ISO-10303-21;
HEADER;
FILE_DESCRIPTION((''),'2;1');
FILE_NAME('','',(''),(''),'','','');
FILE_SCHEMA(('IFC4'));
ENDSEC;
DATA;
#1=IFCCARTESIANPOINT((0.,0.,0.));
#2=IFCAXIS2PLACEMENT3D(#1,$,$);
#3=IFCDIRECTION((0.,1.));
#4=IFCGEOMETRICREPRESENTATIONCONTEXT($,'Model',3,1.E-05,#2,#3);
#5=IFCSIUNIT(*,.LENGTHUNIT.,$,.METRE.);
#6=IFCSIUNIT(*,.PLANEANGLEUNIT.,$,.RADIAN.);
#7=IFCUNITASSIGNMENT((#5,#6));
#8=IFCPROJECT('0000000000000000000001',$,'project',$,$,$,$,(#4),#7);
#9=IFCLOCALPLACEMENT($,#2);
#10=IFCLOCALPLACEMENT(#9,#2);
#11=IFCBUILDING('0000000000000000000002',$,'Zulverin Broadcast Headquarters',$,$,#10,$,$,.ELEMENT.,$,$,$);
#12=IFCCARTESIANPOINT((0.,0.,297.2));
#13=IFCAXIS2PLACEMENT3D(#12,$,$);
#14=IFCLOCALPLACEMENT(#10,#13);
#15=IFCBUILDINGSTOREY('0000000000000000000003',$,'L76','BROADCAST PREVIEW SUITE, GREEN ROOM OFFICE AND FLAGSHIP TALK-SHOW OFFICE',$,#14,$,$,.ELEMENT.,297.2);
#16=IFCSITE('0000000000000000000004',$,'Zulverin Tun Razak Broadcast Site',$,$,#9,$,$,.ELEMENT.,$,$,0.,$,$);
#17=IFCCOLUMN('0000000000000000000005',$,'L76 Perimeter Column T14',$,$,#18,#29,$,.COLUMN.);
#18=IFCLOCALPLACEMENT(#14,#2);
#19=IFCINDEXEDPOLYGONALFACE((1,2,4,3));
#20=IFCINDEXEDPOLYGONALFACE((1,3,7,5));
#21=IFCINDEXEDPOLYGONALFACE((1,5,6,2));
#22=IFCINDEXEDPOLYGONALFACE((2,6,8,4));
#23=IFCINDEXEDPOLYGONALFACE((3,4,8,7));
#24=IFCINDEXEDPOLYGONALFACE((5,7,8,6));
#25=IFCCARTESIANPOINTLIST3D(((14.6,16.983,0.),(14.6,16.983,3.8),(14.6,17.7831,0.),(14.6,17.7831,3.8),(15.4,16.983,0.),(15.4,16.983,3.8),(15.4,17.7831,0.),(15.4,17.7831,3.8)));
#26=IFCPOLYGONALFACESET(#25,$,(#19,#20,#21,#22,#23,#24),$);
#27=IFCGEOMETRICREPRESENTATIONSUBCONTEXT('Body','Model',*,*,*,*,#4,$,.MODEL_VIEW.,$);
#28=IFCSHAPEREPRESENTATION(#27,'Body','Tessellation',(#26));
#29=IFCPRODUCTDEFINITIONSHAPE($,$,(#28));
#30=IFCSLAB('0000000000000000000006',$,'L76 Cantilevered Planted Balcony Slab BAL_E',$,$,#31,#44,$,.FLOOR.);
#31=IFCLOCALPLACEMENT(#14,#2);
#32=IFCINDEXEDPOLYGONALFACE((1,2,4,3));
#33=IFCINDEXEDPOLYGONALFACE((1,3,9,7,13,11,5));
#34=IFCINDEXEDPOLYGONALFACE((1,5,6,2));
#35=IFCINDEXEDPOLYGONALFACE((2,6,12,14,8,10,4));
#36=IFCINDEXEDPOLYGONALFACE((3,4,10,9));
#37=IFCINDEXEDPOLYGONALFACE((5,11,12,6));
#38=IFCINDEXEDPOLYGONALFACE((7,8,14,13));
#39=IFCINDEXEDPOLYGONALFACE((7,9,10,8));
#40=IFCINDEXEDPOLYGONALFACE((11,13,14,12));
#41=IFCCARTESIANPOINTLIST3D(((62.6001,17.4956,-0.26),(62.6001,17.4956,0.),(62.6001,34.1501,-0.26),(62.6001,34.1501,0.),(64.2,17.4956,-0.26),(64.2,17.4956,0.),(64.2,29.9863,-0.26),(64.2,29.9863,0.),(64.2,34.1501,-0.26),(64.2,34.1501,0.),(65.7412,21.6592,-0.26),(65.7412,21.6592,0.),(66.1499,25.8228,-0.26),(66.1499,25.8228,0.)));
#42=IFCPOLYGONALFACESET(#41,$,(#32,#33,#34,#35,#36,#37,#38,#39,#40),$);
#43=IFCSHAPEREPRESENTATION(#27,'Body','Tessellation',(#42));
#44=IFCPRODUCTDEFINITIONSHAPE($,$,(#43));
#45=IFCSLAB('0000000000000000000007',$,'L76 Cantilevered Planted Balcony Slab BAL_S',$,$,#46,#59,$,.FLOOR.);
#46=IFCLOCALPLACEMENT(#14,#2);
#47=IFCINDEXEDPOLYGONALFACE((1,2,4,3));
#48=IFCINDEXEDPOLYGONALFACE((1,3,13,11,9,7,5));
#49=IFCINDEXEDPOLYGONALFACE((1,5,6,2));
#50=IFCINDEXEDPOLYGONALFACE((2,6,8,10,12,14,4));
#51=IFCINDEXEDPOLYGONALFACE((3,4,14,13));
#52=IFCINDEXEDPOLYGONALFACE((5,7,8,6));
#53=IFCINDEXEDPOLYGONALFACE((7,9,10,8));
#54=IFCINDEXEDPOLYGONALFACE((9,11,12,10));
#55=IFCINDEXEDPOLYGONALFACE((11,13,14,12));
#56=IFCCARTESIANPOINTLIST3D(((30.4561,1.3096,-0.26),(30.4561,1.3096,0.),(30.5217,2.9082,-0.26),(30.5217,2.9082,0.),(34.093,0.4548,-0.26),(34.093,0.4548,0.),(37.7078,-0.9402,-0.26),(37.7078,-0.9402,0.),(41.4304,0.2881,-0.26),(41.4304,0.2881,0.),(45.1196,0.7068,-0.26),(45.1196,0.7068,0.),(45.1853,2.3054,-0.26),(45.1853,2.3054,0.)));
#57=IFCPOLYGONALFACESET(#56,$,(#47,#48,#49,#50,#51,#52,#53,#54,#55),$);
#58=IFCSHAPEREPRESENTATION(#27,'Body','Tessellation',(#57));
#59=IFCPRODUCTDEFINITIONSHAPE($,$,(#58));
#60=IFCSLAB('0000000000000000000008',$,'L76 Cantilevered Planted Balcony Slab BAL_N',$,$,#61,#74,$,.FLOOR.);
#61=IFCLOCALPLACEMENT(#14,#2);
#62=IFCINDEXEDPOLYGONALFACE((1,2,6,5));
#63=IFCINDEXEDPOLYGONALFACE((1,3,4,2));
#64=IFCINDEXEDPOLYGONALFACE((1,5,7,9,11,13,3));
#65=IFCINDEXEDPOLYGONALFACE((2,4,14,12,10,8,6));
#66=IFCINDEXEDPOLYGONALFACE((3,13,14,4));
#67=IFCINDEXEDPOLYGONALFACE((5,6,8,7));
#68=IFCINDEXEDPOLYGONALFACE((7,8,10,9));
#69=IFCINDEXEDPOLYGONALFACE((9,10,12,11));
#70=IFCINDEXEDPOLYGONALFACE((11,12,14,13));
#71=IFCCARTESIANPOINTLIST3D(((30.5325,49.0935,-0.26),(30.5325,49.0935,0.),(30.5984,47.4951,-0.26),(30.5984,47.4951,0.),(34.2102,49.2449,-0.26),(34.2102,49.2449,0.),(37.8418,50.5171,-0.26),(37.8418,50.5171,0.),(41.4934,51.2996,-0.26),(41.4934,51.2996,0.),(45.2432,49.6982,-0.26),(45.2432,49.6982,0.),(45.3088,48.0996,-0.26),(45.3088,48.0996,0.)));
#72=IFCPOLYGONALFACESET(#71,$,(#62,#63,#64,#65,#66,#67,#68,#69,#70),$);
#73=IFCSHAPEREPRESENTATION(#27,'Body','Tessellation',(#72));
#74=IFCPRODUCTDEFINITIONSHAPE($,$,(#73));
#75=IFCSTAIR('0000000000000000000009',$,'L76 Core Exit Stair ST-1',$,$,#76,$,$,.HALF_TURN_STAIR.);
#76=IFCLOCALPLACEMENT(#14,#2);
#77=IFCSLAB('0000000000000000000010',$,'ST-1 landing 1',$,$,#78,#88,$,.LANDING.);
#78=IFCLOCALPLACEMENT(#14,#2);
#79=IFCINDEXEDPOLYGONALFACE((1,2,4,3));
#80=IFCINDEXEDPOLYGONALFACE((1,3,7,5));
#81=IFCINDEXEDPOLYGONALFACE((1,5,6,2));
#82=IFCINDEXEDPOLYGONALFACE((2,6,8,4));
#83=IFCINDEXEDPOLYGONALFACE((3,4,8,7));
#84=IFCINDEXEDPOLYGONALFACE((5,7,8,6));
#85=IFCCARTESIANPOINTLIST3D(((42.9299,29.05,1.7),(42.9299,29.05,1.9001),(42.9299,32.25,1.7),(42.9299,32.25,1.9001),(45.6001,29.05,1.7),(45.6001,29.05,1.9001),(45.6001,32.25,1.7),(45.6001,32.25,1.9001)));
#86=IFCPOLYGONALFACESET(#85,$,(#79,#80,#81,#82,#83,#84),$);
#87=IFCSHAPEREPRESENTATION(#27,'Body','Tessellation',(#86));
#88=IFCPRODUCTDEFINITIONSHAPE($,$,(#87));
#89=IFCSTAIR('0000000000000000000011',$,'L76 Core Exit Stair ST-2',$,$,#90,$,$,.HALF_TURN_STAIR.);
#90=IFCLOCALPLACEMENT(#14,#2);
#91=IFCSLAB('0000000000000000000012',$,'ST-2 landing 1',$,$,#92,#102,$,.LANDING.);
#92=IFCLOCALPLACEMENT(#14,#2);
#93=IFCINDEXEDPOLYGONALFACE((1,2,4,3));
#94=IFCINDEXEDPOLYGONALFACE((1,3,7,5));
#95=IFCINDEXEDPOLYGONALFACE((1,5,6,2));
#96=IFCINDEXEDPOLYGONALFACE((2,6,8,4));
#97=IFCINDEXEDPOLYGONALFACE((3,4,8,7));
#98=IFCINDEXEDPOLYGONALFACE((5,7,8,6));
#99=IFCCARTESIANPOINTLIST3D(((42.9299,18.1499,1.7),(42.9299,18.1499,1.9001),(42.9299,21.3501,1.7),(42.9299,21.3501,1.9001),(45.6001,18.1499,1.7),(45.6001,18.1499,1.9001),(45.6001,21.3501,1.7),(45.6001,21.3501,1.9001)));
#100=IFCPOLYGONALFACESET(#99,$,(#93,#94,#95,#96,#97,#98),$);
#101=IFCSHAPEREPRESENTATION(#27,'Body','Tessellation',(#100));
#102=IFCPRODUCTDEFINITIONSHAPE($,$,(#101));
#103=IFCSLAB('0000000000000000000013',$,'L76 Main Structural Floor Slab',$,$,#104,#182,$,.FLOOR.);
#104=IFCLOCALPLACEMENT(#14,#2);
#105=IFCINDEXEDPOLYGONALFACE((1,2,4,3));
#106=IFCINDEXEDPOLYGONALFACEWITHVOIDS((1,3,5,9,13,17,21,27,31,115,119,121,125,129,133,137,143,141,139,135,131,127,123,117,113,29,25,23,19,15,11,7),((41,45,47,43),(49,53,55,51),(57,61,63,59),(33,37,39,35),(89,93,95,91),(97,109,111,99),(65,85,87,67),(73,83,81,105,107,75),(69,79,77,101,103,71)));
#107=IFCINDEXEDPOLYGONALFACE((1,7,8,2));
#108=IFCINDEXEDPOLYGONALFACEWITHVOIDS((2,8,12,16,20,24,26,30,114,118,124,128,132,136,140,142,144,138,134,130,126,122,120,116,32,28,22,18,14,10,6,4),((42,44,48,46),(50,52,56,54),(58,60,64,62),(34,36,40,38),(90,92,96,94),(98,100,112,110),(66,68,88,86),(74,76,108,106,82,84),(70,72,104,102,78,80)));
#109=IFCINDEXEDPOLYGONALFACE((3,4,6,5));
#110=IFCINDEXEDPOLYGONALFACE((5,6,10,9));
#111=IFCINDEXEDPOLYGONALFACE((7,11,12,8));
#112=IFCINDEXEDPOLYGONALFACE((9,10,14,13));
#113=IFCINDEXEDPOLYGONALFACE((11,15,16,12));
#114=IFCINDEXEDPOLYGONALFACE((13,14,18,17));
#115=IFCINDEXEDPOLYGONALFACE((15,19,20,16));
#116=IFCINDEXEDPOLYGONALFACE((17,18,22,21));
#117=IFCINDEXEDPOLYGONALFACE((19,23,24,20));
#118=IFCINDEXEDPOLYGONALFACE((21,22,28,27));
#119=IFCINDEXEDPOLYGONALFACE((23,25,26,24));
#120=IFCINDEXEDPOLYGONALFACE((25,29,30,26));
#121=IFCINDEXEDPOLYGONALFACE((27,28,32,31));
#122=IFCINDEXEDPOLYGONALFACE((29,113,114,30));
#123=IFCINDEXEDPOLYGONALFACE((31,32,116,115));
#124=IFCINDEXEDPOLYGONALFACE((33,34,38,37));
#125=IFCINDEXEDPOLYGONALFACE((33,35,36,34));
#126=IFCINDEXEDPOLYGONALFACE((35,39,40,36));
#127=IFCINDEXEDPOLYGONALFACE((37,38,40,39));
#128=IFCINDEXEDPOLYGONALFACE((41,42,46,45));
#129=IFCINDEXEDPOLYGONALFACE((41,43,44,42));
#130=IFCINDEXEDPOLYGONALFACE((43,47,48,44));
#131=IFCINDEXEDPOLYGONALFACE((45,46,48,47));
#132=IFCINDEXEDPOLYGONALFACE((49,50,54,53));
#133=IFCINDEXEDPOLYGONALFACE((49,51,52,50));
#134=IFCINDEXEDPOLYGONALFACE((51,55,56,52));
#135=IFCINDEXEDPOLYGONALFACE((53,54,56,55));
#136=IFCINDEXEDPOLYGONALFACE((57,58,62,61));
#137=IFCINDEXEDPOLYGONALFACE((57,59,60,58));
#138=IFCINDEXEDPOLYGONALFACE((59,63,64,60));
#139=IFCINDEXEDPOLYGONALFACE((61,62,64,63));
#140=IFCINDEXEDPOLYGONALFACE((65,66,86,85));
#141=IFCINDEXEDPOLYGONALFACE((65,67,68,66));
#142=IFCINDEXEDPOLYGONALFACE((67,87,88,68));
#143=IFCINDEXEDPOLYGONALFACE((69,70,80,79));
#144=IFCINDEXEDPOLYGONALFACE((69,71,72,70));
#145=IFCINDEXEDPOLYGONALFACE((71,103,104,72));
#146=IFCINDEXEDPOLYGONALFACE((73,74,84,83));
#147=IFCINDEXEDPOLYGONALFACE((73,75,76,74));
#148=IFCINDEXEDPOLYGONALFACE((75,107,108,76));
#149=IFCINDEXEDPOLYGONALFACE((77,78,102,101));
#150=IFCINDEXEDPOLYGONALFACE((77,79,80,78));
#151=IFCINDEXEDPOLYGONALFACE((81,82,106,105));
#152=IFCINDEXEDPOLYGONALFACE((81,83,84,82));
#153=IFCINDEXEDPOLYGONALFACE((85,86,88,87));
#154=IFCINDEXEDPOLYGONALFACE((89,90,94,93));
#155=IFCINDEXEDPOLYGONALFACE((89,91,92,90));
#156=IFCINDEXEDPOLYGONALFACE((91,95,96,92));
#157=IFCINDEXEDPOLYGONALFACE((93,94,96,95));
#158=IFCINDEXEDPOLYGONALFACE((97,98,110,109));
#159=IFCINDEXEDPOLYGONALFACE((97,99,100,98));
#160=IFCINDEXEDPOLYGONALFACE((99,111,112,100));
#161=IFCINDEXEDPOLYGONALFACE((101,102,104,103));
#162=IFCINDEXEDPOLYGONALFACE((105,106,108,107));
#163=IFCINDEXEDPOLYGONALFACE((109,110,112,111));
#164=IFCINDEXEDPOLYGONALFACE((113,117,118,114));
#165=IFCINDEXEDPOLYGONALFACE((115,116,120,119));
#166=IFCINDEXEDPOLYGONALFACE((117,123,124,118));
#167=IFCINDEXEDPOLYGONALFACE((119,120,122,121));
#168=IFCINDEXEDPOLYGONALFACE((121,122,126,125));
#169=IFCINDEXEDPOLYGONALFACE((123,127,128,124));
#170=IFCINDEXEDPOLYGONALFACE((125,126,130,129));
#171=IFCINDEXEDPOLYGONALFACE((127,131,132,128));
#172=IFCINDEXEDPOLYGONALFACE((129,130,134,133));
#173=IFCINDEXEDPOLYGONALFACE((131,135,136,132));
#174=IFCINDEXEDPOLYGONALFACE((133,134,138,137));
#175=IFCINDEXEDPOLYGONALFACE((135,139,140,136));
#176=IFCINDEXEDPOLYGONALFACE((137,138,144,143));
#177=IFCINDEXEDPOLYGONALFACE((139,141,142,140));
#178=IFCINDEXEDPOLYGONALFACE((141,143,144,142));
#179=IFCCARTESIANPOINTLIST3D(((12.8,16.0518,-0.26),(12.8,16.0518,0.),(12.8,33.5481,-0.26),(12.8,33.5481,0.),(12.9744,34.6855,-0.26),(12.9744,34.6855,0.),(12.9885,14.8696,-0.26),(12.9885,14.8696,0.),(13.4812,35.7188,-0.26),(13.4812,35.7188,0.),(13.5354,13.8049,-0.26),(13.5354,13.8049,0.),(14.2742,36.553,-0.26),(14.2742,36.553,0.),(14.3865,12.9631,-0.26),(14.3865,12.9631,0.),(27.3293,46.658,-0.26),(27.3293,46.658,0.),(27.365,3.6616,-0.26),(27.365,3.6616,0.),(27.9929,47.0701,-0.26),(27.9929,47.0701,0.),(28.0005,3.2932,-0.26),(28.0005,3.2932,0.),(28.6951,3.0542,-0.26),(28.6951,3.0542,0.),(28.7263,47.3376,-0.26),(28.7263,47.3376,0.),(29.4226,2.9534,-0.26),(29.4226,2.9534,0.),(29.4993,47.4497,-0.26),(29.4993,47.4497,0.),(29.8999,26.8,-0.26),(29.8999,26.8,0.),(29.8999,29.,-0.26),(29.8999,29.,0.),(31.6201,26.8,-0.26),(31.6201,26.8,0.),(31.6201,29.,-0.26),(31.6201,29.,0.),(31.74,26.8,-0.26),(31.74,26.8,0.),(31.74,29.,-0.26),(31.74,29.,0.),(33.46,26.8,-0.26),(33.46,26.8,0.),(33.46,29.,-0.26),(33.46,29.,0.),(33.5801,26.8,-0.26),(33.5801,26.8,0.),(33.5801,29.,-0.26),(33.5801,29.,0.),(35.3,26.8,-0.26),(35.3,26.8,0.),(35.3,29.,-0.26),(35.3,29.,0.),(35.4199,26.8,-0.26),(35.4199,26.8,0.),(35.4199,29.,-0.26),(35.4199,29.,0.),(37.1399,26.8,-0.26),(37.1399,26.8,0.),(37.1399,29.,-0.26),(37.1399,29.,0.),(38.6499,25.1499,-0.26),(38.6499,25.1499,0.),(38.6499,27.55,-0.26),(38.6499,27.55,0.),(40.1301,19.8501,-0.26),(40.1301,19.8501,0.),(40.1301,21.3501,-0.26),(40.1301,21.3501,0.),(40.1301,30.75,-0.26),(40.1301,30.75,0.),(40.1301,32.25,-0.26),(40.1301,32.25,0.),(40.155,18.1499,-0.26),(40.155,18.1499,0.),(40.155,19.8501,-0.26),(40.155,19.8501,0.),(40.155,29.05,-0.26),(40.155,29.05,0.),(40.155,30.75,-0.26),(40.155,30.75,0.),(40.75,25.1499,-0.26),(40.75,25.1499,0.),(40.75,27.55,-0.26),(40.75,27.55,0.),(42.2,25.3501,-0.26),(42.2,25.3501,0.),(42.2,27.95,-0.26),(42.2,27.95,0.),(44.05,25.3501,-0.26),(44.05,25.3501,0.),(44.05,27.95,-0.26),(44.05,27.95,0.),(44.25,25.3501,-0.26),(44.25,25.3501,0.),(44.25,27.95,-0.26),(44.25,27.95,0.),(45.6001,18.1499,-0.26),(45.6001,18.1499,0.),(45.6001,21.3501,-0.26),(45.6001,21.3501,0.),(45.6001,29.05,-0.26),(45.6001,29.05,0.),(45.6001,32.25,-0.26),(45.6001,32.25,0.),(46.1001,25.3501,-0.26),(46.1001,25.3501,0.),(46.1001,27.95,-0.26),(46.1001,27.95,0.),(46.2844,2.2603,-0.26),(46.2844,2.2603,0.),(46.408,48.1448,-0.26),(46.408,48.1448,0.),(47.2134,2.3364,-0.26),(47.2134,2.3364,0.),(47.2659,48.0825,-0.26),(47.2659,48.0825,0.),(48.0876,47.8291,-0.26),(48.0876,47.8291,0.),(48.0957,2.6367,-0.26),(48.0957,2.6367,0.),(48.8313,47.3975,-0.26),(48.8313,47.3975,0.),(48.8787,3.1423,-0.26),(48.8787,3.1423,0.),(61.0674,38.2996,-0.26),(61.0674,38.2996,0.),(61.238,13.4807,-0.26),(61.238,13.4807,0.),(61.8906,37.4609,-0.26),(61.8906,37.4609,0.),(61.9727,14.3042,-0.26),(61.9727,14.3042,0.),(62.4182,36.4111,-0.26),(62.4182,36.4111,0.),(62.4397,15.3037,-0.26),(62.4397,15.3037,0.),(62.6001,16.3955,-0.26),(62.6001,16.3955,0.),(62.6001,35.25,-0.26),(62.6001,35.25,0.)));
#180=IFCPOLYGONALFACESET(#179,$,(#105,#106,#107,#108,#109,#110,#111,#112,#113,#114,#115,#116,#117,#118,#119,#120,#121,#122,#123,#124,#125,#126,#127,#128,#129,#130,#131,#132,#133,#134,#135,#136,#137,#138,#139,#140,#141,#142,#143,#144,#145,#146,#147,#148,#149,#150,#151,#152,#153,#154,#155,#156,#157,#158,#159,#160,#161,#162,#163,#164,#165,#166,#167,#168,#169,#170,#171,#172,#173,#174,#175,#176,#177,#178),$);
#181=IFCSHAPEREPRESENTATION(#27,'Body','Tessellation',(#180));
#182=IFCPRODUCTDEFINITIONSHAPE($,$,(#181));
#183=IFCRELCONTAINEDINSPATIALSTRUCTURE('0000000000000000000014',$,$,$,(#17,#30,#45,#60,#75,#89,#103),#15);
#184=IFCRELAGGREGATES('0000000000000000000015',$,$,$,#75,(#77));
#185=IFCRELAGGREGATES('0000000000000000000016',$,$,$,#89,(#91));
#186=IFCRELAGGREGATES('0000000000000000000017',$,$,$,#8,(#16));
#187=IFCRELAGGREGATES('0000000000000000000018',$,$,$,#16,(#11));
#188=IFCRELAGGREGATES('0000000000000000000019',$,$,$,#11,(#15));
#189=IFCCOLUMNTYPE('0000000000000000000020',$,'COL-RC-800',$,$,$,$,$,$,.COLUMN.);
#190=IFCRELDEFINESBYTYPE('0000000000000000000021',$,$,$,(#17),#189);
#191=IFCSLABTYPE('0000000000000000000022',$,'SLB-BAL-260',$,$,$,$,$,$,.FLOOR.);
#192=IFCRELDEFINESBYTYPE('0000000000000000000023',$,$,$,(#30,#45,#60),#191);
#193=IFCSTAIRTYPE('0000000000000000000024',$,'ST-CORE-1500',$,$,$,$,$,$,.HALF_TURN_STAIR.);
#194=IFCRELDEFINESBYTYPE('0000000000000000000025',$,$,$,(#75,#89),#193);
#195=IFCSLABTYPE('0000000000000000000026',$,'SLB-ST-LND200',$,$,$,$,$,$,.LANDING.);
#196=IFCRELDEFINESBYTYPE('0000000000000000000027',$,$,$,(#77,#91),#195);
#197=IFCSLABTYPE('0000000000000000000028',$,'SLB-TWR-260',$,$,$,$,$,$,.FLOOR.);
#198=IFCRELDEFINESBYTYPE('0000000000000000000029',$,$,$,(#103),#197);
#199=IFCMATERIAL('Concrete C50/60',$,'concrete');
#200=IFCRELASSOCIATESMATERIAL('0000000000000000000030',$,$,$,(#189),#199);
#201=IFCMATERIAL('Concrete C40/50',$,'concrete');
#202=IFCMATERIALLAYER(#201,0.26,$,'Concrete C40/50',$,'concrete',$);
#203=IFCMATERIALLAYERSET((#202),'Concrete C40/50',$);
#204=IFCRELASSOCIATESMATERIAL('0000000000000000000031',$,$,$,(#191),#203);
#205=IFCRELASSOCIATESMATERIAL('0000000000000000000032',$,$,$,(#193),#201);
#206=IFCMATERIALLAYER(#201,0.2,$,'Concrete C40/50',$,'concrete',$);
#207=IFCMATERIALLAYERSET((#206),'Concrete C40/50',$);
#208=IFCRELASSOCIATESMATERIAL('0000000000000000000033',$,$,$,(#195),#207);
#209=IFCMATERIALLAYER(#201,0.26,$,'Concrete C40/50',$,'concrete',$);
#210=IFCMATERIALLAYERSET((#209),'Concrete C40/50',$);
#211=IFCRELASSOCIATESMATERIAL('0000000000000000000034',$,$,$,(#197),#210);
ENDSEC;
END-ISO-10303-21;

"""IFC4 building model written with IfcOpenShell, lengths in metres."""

from ifc_helpers import new_model, si_unit, direction, frame, origin, origin_2d, place, context, subcontext, project, spatial, polyline, rectangle, outline, extrude, material, layer, layer_set, material_profile, profile_set, type_object, element, aggregate, save


model = new_model("IFC4")

# Units and contexts
model_context = context("Model", 3, precision=1e-05, world=origin(), true_north=direction((0.0, 1.0)))
body_context = subcontext(model_context, "Body", "Model", "MODEL_VIEW")
ifc_project = project(units=[si_unit("LENGTHUNIT", "METRE"), si_unit("PLANEANGLEUNIT", "RADIAN")], contexts=[model_context])

# Site, building, storey
site_placement = place(None, origin())
site = spatial("IfcSite", under=ifc_project, at=site_placement, Name="Zulverin Tun Razak Broadcast Site", CompositionType="ELEMENT", RefElevation=0.0)
building_placement = place(site_placement, origin())
building = spatial("IfcBuilding", under=site, at=building_placement, Name="Zulverin Broadcast Headquarters", CompositionType="ELEMENT")
storey_placement = place(building_placement, frame((0.0, 0.0, 297.2)))
storey = spatial("IfcBuildingStorey", under=building, at=storey_placement, Name="L76", Description="BROADCAST PREVIEW SUITE, GREEN ROOM OFFICE AND FLAGSHIP TALK-SHOW OFFICE", CompositionType="ELEMENT", Elevation=297.2)

# Column
ifc_material_1 = material(Name="Concrete C50/60", Category="concrete")
ifc_material_profile = material_profile(ifc_material_1, rectangle(XDim=0.8, YDim=0.8, at=origin_2d()), Name="Concrete C50/60", Category="concrete")
ifc_profile_set = profile_set([ifc_material_profile], Name="Concrete C50/60")
column_type = type_object("IfcColumnType", Name="COL-RC-800", PredefinedType="COLUMN", material=ifc_profile_set)
column_placement = place(storey_placement, frame((15.0, 17.3831, 0.0), z_axis=(0.0, 0.0, 1.0), x_axis=(1.0, 0.0, 0.0)))
element("IfcColumn", 1, at=column_placement, inside=storey, type_object=column_type, Name="L76 Perimeter Column T14", PredefinedType="COLUMN", context=body_context, shape_type="SweptSolid", body=[
    extrude(rectangle(XDim=0.8, YDim=0.8, at=origin_2d()), origin(), (0.0, 0.0, 1.0), 3.8),
])

# Slabs
ifc_material_2 = material(Name="Concrete C40/50", Category="concrete")
ifc_layer_1 = layer(ifc_material_2, 0.26, Name="Concrete C40/50", Category="concrete")
ifc_layer_set_1 = layer_set([ifc_layer_1], Name="Concrete C40/50")
slab_type_1 = type_object("IfcSlabType", Name="SLB-BAL-260", PredefinedType="FLOOR", material=ifc_layer_set_1)
slab_1_placement = place(storey_placement, frame((0.0, 0.0, -0.26)))
element("IfcSlab", 2, at=slab_1_placement, inside=storey, type_object=slab_type_1, Name="L76 Cantilevered Planted Balcony Slab BAL_E", PredefinedType="FLOOR", context=body_context, shape_type="SweptSolid", body=[
    extrude(outline(polyline([(62.6001, 34.1501), (62.6001, 17.4956), (64.2, 17.4956), (65.7412, 21.6592), (66.1499, 25.8228), (64.2, 29.9863), (64.2, 34.1501), (62.6001, 34.1501)])), origin(), (0.0, 0.0, 1.0), 0.26),
])
slab_2_placement = place(storey_placement, frame((0.0, 0.0, -0.26)))
element("IfcSlab", 3, at=slab_2_placement, inside=storey, type_object=slab_type_1, Name="L76 Cantilevered Planted Balcony Slab BAL_S", PredefinedType="FLOOR", context=body_context, shape_type="SweptSolid", body=[
    extrude(outline(polyline([(45.1853, 2.3054), (30.5217, 2.9082), (30.4561, 1.3096), (34.093, 0.4548), (37.7078, -0.9402), (41.4304, 0.2881), (45.1196, 0.7068), (45.1853, 2.3054)])), origin(), (0.0, 0.0, 1.0), 0.26),
])
slab_3_placement = place(storey_placement, frame((0.0, 0.0, -0.26)))
element("IfcSlab", 4, at=slab_3_placement, inside=storey, type_object=slab_type_1, Name="L76 Cantilevered Planted Balcony Slab BAL_N", PredefinedType="FLOOR", context=body_context, shape_type="SweptSolid", body=[
    extrude(outline(polyline([(30.5984, 47.4951), (45.3088, 48.0996), (45.2432, 49.6982), (41.4934, 51.2996), (37.8418, 50.5171), (34.2102, 49.2449), (30.5325, 49.0935), (30.5984, 47.4951)])), origin(), (0.0, 0.0, 1.0), 0.26),
])

# Stairs, slabs
stair_type = type_object("IfcStairType", Name="ST-CORE-1500", PredefinedType="HALF_TURN_STAIR", material=ifc_material_2)
stair_1_placement = place(storey_placement, origin())
stair_1 = element("IfcStair", 5, at=stair_1_placement, inside=storey, type_object=stair_type, Name="L76 Core Exit Stair ST-1", PredefinedType="HALF_TURN_STAIR")
ifc_layer_2 = layer(ifc_material_2, 0.2, Name="Concrete C40/50", Category="concrete")
ifc_layer_set_2 = layer_set([ifc_layer_2], Name="Concrete C40/50")
slab_type_2 = type_object("IfcSlabType", Name="SLB-ST-LND200", PredefinedType="LANDING", material=ifc_layer_set_2)
slab_4_placement = place(storey_placement, frame((0.0, 0.0, 1.7)))
slab_4 = element("IfcSlab", 6, at=slab_4_placement, type_object=slab_type_2, Name="ST-1 landing 1", PredefinedType="LANDING", context=body_context, shape_type="SweptSolid", body=[
    extrude(outline(polyline([(42.9299, 29.05), (45.6001, 29.05), (45.6001, 32.25), (42.9299, 32.25), (42.9299, 29.05)])), origin(), (0.0, 0.0, 1.0), 0.2002),
])
aggregate(stair_1, [slab_4])
stair_2_placement = place(storey_placement, origin())
stair_2 = element("IfcStair", 7, at=stair_2_placement, inside=storey, type_object=stair_type, Name="L76 Core Exit Stair ST-2", PredefinedType="HALF_TURN_STAIR")
slab_5_placement = place(storey_placement, frame((0.0, 0.0, 1.7)))
slab_5 = element("IfcSlab", 8, at=slab_5_placement, type_object=slab_type_2, Name="ST-2 landing 1", PredefinedType="LANDING", context=body_context, shape_type="SweptSolid", body=[
    extrude(outline(polyline([(42.9299, 18.1499), (45.6001, 18.1499), (45.6001, 21.3501), (42.9299, 21.3501), (42.9299, 18.1499)])), origin(), (0.0, 0.0, 1.0), 0.2002),
])
aggregate(stair_2, [slab_5])

# Slab
ifc_layer_3 = layer(ifc_material_2, 0.26, Name="Concrete C40/50", Category="concrete")
ifc_layer_set_3 = layer_set([ifc_layer_3], Name="Concrete C40/50")
slab_type_3 = type_object("IfcSlabType", Name="SLB-TWR-260", PredefinedType="FLOOR", material=ifc_layer_set_3)
slab_6_placement = place(storey_placement, frame((0.0, 0.0, -0.26)))
element("IfcSlab", 9, at=slab_6_placement, inside=storey, type_object=slab_type_3, Name="L76 Main Structural Floor Slab", PredefinedType="FLOOR", context=body_context, shape_type="SweptSolid", body=[
    extrude(outline(polyline([(27.365, 3.6616), (28.0005, 3.2932), (28.6951, 3.0542), (29.4226, 2.9534), (46.2844, 2.2603), (47.2134, 2.3364), (48.0957, 2.6367), (48.8787, 3.1423), (61.238, 13.4807), (61.9727, 14.3042), (62.4397, 15.3037), (62.6001, 16.3955), (62.6001, 35.25), (62.4182, 36.4111), (61.8906, 37.4609), (61.0674, 38.2996), (48.8313, 47.3975), (48.0876, 47.8291), (47.2659, 48.0825), (46.408, 48.1448), (29.4993, 47.4497), (28.7263, 47.3376), (27.9929, 47.0701), (27.3293, 46.658), (14.2742, 36.553), (13.4812, 35.7188), (12.9744, 34.6855), (12.8, 33.5481), (12.8, 16.0518), (12.9885, 14.8696), (13.5354, 13.8049), (14.3865, 12.9631), (27.365, 3.6616)]), holes=[polyline([(40.155, 30.75), (40.1301, 30.75), (40.1301, 32.25), (45.6001, 32.25), (45.6001, 29.05), (40.155, 29.05), (40.155, 30.75)]), polyline([(40.155, 19.8501), (40.1301, 19.8501), (40.1301, 21.3501), (45.6001, 21.3501), (45.6001, 18.1499), (40.155, 18.1499), (40.155, 19.8501)]), polyline([(29.8999, 26.8), (31.6201, 26.8), (31.6201, 29.0), (29.8999, 29.0), (29.8999, 26.8)]), polyline([(31.74, 26.8), (33.46, 26.8), (33.46, 29.0), (31.74, 29.0), (31.74, 26.8)]), polyline([(33.5801, 26.8), (35.3, 26.8), (35.3, 29.0), (33.5801, 29.0), (33.5801, 26.8)]), polyline([(35.4199, 26.8), (37.1399, 26.8), (37.1399, 29.0), (35.4199, 29.0), (35.4199, 26.8)]), polyline([(42.2, 25.3501), (44.05, 25.3501), (44.05, 27.95), (42.2, 27.95), (42.2, 25.3501)]), polyline([(44.25, 25.3501), (46.1001, 25.3501), (46.1001, 27.95), (44.25, 27.95), (44.25, 25.3501)]), polyline([(38.6499, 25.1499), (40.75, 25.1499), (40.75, 27.55), (38.6499, 27.55), (38.6499, 25.1499)])]), origin(), (0.0, 0.0, 1.0), 0.26),
])

save(model, "model.ifc")
